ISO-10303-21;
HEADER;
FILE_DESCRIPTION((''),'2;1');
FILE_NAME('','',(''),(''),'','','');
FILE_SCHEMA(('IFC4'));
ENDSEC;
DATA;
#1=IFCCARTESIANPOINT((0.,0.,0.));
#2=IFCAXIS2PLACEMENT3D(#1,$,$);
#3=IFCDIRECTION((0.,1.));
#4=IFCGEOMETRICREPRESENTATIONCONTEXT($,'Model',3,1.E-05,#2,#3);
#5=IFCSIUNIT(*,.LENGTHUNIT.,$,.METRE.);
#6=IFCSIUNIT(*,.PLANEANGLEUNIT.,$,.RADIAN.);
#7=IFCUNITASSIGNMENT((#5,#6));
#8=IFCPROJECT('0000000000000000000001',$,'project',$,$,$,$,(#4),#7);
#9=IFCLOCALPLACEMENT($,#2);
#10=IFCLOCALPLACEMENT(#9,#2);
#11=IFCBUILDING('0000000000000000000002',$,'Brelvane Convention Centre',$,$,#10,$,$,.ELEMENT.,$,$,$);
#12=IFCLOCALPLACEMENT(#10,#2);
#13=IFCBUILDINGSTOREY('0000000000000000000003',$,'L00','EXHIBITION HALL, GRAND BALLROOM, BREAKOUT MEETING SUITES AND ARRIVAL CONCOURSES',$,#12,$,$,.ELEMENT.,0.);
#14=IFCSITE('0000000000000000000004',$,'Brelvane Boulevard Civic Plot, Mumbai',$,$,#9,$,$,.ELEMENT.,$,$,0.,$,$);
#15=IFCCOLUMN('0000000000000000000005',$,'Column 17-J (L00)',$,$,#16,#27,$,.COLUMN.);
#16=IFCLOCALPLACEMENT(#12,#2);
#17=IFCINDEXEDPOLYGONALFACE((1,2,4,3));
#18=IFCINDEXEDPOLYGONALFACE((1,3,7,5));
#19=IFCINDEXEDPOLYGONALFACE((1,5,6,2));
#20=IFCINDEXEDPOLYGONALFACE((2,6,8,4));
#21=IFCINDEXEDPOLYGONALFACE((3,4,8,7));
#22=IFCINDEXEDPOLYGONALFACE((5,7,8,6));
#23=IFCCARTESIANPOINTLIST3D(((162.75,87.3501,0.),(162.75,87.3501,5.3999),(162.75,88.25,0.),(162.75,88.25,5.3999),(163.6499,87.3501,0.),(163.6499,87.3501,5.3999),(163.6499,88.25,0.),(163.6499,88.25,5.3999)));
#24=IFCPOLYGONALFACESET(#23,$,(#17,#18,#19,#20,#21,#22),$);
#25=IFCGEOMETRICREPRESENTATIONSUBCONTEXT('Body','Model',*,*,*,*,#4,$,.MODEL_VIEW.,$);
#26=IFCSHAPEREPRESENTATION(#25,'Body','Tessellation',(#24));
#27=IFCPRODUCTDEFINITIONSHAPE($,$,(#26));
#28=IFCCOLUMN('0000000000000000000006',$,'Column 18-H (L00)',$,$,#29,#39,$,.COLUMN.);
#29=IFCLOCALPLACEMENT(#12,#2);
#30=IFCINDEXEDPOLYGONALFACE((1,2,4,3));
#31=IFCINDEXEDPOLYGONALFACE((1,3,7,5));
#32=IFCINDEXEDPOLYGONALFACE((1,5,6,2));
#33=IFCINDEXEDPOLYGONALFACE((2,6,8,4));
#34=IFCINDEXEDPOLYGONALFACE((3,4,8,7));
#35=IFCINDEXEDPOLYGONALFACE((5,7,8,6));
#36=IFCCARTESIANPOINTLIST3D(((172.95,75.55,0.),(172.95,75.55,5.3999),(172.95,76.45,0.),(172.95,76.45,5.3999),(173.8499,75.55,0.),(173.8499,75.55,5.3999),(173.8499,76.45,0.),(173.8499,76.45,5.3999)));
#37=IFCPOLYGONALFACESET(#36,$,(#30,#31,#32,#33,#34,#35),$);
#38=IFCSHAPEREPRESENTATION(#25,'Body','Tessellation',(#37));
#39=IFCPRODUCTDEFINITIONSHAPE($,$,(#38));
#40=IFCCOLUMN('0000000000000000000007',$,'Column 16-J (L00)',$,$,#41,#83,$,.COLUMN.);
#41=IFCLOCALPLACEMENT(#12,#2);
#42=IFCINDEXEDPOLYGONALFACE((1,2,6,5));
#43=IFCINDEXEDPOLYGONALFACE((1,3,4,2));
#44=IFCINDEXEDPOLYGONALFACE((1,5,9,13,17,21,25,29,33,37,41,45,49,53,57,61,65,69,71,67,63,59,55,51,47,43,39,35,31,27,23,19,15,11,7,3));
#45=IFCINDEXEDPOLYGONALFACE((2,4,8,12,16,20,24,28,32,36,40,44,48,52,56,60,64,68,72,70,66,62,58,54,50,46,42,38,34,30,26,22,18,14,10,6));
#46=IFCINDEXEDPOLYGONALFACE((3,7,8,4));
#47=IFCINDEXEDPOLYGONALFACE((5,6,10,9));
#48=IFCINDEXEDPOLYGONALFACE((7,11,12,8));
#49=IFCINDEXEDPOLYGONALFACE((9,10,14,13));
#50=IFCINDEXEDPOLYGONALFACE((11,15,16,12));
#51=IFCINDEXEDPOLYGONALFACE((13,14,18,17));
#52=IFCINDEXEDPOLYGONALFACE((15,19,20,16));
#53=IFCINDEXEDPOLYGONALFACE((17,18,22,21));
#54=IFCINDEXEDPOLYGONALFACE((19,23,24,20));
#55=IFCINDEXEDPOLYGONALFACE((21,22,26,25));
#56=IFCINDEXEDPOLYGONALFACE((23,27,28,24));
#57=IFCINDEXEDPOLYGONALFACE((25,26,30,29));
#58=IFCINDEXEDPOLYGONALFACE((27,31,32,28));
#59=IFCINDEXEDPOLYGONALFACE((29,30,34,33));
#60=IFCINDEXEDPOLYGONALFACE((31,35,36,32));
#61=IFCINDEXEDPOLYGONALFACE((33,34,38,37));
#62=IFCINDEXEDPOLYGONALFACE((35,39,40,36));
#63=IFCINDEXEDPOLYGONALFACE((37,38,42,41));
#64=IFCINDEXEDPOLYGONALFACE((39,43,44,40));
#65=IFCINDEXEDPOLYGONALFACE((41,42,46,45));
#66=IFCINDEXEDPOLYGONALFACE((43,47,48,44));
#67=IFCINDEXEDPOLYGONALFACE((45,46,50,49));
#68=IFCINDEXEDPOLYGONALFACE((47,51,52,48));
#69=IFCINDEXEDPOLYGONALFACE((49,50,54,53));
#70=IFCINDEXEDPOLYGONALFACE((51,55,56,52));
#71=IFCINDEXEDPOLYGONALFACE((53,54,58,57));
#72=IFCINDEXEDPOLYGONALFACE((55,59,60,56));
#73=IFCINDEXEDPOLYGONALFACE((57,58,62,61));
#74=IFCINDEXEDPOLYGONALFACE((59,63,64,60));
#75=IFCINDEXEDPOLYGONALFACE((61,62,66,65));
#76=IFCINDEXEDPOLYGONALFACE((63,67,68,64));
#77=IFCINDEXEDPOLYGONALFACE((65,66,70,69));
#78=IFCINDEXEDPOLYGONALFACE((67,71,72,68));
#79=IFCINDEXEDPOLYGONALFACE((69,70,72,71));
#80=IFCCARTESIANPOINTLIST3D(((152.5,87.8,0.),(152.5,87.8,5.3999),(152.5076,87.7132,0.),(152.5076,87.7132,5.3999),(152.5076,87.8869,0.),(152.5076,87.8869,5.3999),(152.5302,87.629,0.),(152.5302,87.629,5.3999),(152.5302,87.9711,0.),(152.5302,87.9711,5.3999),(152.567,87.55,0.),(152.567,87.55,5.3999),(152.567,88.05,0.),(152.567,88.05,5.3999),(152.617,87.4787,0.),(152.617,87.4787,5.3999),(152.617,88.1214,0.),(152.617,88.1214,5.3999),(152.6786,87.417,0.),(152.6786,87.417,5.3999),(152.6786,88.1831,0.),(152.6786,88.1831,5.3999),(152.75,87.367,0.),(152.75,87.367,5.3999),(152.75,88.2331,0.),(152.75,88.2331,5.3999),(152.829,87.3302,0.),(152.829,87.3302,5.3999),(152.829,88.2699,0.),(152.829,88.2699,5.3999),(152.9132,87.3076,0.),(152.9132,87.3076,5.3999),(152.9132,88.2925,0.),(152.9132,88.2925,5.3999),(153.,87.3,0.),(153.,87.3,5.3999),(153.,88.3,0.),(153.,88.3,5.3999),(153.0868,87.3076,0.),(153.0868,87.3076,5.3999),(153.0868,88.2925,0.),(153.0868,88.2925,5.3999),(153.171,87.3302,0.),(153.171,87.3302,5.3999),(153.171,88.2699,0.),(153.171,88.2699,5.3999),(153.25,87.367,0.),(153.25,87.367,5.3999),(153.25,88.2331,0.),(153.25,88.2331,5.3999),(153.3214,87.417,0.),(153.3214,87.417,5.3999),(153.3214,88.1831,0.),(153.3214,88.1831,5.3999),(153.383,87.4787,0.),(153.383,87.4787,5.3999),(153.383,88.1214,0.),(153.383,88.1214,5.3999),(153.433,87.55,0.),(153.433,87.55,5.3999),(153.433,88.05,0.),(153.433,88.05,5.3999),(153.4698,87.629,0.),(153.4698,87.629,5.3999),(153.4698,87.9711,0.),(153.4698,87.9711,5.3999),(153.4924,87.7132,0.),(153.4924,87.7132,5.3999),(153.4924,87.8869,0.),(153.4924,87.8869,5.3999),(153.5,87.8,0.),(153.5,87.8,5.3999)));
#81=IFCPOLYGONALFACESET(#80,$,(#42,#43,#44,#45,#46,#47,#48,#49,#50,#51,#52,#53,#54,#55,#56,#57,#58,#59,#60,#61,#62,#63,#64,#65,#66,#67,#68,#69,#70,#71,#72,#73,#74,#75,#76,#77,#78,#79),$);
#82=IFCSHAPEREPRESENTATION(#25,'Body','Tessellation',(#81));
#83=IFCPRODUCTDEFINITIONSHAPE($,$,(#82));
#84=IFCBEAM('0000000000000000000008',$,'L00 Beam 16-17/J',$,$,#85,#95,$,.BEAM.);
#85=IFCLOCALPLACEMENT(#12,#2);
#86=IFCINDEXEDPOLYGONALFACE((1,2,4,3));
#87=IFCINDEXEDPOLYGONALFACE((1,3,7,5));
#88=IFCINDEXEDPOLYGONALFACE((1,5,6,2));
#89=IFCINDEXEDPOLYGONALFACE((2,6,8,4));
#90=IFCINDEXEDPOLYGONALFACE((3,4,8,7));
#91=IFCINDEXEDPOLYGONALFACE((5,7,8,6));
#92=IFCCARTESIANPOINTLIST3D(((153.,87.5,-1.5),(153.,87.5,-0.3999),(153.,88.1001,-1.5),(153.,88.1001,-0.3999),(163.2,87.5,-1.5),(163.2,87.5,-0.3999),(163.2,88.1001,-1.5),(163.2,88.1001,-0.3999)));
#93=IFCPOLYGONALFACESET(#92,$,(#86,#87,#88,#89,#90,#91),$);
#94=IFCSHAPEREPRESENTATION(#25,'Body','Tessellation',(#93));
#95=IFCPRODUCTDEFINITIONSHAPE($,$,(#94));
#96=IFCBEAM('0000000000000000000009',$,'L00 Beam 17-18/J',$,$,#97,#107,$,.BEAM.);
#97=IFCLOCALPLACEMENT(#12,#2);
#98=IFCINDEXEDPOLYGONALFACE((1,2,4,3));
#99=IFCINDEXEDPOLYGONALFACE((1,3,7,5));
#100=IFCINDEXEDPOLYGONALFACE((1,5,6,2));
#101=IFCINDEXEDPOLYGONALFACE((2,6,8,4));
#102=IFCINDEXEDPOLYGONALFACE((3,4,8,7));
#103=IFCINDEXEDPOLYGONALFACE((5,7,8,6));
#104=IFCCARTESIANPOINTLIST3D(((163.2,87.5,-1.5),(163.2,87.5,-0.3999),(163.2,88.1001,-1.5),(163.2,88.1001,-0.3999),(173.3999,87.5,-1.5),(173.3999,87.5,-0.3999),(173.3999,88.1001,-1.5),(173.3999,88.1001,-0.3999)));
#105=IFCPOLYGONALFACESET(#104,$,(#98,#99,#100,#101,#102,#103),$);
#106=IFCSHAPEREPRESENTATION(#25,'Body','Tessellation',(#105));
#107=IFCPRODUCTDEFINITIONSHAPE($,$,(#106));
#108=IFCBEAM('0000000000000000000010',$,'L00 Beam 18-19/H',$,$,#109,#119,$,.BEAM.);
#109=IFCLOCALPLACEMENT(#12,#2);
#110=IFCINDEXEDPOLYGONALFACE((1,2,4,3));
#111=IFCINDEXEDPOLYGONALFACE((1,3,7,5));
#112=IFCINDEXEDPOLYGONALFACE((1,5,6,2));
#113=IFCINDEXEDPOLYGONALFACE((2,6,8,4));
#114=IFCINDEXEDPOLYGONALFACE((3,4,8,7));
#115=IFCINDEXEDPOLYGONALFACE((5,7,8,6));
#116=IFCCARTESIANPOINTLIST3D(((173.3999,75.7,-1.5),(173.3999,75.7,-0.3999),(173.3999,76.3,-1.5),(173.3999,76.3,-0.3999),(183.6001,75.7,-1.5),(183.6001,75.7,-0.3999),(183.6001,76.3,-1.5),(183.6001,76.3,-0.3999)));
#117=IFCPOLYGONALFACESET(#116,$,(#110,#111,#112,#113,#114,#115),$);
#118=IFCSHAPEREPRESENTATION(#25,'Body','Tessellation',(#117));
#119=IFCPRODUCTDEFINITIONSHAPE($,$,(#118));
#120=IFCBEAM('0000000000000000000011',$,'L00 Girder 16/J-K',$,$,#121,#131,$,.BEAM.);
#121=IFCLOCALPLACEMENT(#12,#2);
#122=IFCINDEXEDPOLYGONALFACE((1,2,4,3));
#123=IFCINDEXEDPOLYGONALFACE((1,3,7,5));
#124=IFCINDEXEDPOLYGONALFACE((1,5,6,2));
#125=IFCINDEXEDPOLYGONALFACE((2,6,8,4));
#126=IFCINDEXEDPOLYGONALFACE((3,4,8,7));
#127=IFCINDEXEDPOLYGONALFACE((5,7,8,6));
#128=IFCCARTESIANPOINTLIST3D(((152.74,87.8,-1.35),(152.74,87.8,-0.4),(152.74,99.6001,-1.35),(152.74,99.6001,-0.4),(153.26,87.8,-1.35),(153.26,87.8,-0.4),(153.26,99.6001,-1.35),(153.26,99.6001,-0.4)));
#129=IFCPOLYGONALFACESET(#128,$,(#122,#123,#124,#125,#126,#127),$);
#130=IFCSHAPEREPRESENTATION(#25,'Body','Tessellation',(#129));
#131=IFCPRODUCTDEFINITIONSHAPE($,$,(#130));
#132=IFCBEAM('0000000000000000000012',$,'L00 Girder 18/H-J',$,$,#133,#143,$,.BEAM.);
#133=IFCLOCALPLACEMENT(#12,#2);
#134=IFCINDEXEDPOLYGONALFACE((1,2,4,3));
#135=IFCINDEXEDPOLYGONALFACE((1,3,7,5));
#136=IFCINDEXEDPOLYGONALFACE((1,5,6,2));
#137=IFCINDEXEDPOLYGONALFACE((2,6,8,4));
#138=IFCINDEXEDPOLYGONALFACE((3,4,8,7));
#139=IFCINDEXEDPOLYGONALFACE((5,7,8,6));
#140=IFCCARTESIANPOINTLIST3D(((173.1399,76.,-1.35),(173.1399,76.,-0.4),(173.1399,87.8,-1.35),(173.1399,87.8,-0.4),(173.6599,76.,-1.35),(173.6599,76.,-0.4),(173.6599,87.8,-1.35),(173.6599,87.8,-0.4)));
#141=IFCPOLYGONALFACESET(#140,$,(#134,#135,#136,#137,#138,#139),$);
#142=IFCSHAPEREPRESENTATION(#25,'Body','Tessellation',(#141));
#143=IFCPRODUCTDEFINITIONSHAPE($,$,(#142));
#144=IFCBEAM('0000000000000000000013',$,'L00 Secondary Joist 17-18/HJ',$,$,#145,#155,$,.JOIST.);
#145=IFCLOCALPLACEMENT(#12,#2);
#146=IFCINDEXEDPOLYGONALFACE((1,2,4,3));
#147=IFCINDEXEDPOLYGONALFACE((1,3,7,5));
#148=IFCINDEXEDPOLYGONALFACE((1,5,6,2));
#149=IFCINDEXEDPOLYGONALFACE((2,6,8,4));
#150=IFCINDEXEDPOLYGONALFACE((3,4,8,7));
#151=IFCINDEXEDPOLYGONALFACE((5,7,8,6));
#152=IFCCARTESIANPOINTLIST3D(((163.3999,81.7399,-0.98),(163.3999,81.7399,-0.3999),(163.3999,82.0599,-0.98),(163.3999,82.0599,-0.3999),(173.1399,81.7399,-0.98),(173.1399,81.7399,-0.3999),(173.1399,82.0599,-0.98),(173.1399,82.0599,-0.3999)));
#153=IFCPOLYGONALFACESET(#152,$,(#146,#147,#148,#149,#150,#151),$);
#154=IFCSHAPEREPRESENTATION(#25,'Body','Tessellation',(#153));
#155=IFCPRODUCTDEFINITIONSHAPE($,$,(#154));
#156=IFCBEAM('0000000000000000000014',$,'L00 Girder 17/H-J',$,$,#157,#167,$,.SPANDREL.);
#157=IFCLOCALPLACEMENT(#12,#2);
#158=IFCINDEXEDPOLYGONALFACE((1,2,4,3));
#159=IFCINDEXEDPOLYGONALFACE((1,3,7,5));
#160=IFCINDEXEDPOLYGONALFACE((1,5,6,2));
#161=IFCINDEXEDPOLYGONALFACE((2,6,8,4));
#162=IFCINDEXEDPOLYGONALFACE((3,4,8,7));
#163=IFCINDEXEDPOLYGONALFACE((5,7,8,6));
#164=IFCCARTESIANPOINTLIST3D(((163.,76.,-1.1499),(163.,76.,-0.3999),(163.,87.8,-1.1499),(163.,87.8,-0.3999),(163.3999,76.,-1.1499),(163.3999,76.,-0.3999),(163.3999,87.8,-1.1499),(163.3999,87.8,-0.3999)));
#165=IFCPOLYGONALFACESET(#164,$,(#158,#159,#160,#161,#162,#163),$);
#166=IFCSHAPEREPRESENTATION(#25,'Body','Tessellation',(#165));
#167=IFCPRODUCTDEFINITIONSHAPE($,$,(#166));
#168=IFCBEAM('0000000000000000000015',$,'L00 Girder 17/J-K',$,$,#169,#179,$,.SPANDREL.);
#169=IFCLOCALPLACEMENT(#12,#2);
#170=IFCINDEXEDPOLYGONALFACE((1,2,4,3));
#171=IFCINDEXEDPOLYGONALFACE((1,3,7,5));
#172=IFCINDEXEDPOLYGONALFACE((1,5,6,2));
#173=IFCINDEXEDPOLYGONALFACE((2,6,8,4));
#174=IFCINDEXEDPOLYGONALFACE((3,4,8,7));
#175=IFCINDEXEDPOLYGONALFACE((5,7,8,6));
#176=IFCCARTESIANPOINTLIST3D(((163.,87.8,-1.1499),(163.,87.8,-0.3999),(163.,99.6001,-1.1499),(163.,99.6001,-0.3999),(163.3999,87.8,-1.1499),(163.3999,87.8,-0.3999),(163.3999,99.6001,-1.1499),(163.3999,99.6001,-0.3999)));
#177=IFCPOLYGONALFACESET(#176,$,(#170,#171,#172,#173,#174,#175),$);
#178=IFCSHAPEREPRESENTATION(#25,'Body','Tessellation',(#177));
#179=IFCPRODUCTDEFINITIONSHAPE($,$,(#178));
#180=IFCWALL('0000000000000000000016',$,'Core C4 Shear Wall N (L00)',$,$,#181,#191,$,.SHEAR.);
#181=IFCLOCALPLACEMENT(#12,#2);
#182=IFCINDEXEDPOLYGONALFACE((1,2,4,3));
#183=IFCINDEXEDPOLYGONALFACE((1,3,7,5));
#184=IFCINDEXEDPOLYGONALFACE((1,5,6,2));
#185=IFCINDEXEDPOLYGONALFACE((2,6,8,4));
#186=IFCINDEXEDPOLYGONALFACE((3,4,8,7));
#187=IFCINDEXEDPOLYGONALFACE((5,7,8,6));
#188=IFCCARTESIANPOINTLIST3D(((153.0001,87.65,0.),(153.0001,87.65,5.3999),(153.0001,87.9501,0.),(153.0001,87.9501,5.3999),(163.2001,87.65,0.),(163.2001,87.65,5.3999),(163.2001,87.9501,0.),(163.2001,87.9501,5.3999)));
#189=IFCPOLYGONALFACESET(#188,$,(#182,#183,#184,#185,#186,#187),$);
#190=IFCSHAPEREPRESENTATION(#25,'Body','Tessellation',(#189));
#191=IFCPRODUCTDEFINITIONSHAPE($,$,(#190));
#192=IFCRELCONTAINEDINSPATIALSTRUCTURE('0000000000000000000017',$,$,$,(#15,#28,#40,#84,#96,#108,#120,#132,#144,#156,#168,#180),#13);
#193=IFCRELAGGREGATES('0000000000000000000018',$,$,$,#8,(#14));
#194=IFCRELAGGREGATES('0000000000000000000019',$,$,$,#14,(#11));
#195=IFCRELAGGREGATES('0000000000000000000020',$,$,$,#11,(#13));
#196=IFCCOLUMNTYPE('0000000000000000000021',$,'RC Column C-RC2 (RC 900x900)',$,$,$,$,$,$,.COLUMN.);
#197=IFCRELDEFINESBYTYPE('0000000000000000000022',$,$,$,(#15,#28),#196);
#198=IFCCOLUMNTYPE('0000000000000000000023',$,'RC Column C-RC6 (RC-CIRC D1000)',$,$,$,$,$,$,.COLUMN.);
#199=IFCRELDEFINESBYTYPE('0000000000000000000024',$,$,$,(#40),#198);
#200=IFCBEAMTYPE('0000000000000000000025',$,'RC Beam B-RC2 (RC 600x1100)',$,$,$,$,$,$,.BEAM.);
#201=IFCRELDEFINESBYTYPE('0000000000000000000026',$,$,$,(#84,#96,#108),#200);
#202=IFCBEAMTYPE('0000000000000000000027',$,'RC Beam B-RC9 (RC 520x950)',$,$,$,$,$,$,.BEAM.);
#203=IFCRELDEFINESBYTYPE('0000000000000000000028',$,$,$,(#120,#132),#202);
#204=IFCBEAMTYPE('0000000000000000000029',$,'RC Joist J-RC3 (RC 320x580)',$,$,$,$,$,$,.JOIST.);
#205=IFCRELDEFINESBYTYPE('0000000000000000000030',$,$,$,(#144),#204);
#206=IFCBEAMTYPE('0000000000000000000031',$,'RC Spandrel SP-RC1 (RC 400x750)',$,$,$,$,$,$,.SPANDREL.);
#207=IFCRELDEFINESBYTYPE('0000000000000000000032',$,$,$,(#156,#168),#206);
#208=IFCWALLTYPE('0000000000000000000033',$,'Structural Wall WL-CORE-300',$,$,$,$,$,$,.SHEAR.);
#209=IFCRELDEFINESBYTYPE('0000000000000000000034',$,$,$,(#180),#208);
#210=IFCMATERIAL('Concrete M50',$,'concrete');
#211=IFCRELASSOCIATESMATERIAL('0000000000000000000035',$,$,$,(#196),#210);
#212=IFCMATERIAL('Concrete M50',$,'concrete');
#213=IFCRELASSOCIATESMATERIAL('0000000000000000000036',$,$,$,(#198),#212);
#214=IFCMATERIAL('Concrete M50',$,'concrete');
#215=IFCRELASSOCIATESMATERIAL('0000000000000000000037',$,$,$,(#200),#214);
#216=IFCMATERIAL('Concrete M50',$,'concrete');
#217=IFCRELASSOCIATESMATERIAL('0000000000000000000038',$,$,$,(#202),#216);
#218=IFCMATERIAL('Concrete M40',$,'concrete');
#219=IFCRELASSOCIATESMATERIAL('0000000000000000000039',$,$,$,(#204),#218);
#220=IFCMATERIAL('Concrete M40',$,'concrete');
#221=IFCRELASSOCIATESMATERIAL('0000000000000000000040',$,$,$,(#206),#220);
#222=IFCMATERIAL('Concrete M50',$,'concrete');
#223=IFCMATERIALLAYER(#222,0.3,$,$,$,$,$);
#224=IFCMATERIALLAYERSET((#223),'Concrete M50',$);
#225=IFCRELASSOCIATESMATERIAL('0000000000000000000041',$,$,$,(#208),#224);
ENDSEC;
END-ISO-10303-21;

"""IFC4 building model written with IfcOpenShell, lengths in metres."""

from ifc_helpers import new_model, si_unit, direction, frame, frame_2d, origin, origin_2d, place, context, subcontext, project, spatial, rectangle, circle, extrude, material, layer, layer_set, material_profile, profile_set, type_object, element, save


model = new_model("IFC4")

# Units and contexts
model_context = context("Model", 3, precision=1e-05, world=origin(), true_north=direction((0.0, 1.0)))
body_context = subcontext(model_context, "Body", "Model", "MODEL_VIEW")
ifc_project = project(units=[si_unit("LENGTHUNIT", "METRE"), si_unit("PLANEANGLEUNIT", "RADIAN")], contexts=[model_context])

# Site, building, storey
site_placement = place(None, origin())
site = spatial("IfcSite", under=ifc_project, at=site_placement, Name="Brelvane Boulevard Civic Plot, Mumbai", CompositionType="ELEMENT", RefElevation=0.0)
building_placement = place(site_placement, origin())
building = spatial("IfcBuilding", under=site, at=building_placement, Name="Brelvane Convention Centre", CompositionType="ELEMENT")
storey_placement = place(building_placement, origin())
storey = spatial("IfcBuildingStorey", under=building, at=storey_placement, Name="L00", Description="EXHIBITION HALL, GRAND BALLROOM, BREAKOUT MEETING SUITES AND ARRIVAL CONCOURSES", CompositionType="ELEMENT", Elevation=0.0)

# Columns
ifc_material_1 = material(Name="Concrete M50", Category="concrete")
ifc_material_profile_1 = material_profile(ifc_material_1, rectangle(XDim=0.8999, YDim=0.8999, at=origin_2d()), Name="RC 900x900")
ifc_profile_set_1 = profile_set([ifc_material_profile_1], Name="Concrete M50")
column_type_1 = type_object("IfcColumnType", Name="RC Column C-RC2 (RC 900x900)", PredefinedType="COLUMN", material=ifc_profile_set_1)
for number, where, z_axis, x_axis, name in (
    (1, (163.2, 87.8, 0.0), (0.0, 0.0, 1.0), (1.0, 0.0, 0.0), "Column 17-J (L00)"),
    (2, (173.3999, 76.0, 0.0), (0.0, 0.0, 1.0), (1.0, 0.0, 0.0), "Column 18-H (L00)"),
):
    element("IfcColumn", number, at=place(storey_placement, frame(where, z_axis=z_axis, x_axis=x_axis)), inside=storey, type_object=column_type_1, Name=name, PredefinedType="COLUMN", context=body_context, shape_type="SweptSolid", body=[
        extrude(rectangle(XDim=0.8999, YDim=0.8999, at=origin_2d()), origin(), (0.0, 0.0, 1.0), 5.3999),
    ])
ifc_material_2 = material(Name="Concrete M50", Category="concrete")
ifc_material_profile_2 = material_profile(ifc_material_2, circle(Radius=0.5, at=origin_2d()), Name="RC-CIRC D1000")
ifc_profile_set_2 = profile_set([ifc_material_profile_2], Name="Concrete M50")
column_type_2 = type_object("IfcColumnType", Name="RC Column C-RC6 (RC-CIRC D1000)", PredefinedType="COLUMN", material=ifc_profile_set_2)
column_placement = place(storey_placement, frame((153.0, 87.8, 0.0), z_axis=(0.0, 0.0, 1.0), x_axis=(1.0, 0.0, 0.0)))
element("IfcColumn", 3, at=column_placement, inside=storey, type_object=column_type_2, Name="Column 16-J (L00)", PredefinedType="COLUMN", context=body_context, shape_type="SweptSolid", body=[
    extrude(circle(Radius=0.5, at=origin_2d()), origin(), (0.0, 0.0, 1.0), 5.3999),
])

# Beams
ifc_material_3 = material(Name="Concrete M50", Category="concrete")
ifc_material_profile_3 = material_profile(ifc_material_3, rectangle(XDim=0.6001, YDim=1.1001, at=origin_2d()), Name="RC 600x1100")
ifc_profile_set_3 = profile_set([ifc_material_profile_3], Name="Concrete M50")
beam_type_1 = type_object("IfcBeamType", Name="RC Beam B-RC2 (RC 600x1100)", PredefinedType="BEAM", material=ifc_profile_set_3)
for number, where, z_axis, x_axis, name in (
    (4, (153.0, 87.8, -0.95), (1.0, 0.0, 0.0), (0.0, 1.0, 0.0), "L00 Beam 16-17/J"),
    (5, (163.2, 87.8, -0.95), (1.0, 0.0, 0.0), (0.0, 1.0, 0.0), "L00 Beam 17-18/J"),
):
    element("IfcBeam", number, at=place(storey_placement, frame(where, z_axis=z_axis, x_axis=x_axis)), inside=storey, type_object=beam_type_1, Name=name, PredefinedType="BEAM", context=body_context, shape_type="SweptSolid", body=[
        extrude(rectangle(XDim=0.6001, YDim=1.1001, at=origin_2d()), origin(), (0.0, 0.0, 1.0), 10.2),
    ])
beam_1_placement = place(storey_placement, frame((173.3999, 76.0, -0.95), z_axis=(1.0, 0.0, 0.0), x_axis=(0.0, 1.0, 0.0)))
element("IfcBeam", 6, at=beam_1_placement, inside=storey, type_object=beam_type_1, Name="L00 Beam 18-19/H", PredefinedType="BEAM", context=body_context, shape_type="SweptSolid", body=[
    extrude(rectangle(XDim=0.6001, YDim=1.1001, at=origin_2d()), origin(), (0.0, 0.0, 1.0), 10.2002),
])
ifc_material_4 = material(Name="Concrete M50", Category="concrete")
ifc_material_profile_4 = material_profile(ifc_material_4, rectangle(XDim=0.52, YDim=0.95, at=origin_2d()), Name="RC 520x950")
ifc_profile_set_4 = profile_set([ifc_material_profile_4], Name="Concrete M50")
beam_type_2 = type_object("IfcBeamType", Name="RC Beam B-RC9 (RC 520x950)", PredefinedType="BEAM", material=ifc_profile_set_4)
for number, where, z_axis, x_axis, name in (
    (7, (153.0, 87.8, -0.875), (0.0, 1.0, 0.0), (-1.0, 0.0, 0.0), "L00 Girder 16/J-K"),
    (8, (173.3999, 76.0, -0.875), (0.0, 1.0, 0.0), (-1.0, 0.0, 0.0), "L00 Girder 18/H-J"),
):
    element("IfcBeam", number, at=place(storey_placement, frame(where, z_axis=z_axis, x_axis=x_axis)), inside=storey, type_object=beam_type_2, Name=name, PredefinedType="BEAM", context=body_context, shape_type="SweptSolid", body=[
        extrude(rectangle(XDim=0.52, YDim=0.95, at=origin_2d()), origin(), (0.0, 0.0, 1.0), 11.8),
    ])
ifc_material_5 = material(Name="Concrete M40", Category="concrete")
ifc_material_profile_5 = material_profile(ifc_material_5, rectangle(XDim=0.3201, YDim=0.5801, at=origin_2d()), Name="RC 320x580")
ifc_profile_set_5 = profile_set([ifc_material_profile_5], Name="Concrete M40")
beam_type_3 = type_object("IfcBeamType", Name="RC Joist J-RC3 (RC 320x580)", PredefinedType="JOIST", material=ifc_profile_set_5)
beam_2_placement = place(storey_placement, frame((163.3999, 81.8999, -0.6899), z_axis=(1.0, 0.0, 0.0), x_axis=(0.0, 1.0, 0.0)))
element("IfcBeam", 9, at=beam_2_placement, inside=storey, type_object=beam_type_3, Name="L00 Secondary Joist 17-18/HJ", PredefinedType="JOIST", context=body_context, shape_type="SweptSolid", body=[
    extrude(rectangle(XDim=0.3201, YDim=0.5801, at=origin_2d()), origin(), (0.0, 0.0, 1.0), 9.74),
])
ifc_material_6 = material(Name="Concrete M40", Category="concrete")
ifc_material_profile_6 = material_profile(ifc_material_6, rectangle(XDim=0.3999, YDim=0.75, at=origin_2d()), Name="RC 400x750")
ifc_profile_set_6 = profile_set([ifc_material_profile_6], Name="Concrete M40")
beam_type_4 = type_object("IfcBeamType", Name="RC Spandrel SP-RC1 (RC 400x750)", PredefinedType="SPANDREL", material=ifc_profile_set_6)
for number, where, z_axis, x_axis, name in (
    (10, (163.2, 76.0, -0.7749), (0.0, 1.0, 0.0), (-1.0, 0.0, 0.0), "L00 Girder 17/H-J"),
    (11, (163.2, 87.8, -0.7749), (0.0, 1.0, 0.0), (-1.0, 0.0, 0.0), "L00 Girder 17/J-K"),
):
    element("IfcBeam", number, at=place(storey_placement, frame(where, z_axis=z_axis, x_axis=x_axis)), inside=storey, type_object=beam_type_4, Name=name, PredefinedType="SPANDREL", context=body_context, shape_type="SweptSolid", body=[
        extrude(rectangle(XDim=0.3999, YDim=0.75, at=origin_2d()), origin(), (0.0, 0.0, 1.0), 11.8),
    ])

# Wall
ifc_material_7 = material(Name="Concrete M50", Category="concrete")
ifc_layer_1 = layer(ifc_material_7, 0.3)
ifc_layer_set_1 = layer_set([ifc_layer_1], Name="Concrete M50")
wall_type_1 = type_object("IfcWallType", Name="Structural Wall WL-CORE-300", PredefinedType="SHEAR", material=ifc_layer_set_1)
wall_1_placement = place(storey_placement, frame((153.0, 87.8, 0.0), z_axis=(0.0, 0.0, 1.0), x_axis=(1.0, 0.0, 0.0)))
element("IfcWall", 12, at=wall_1_placement, inside=storey, type_object=wall_type_1, Name="Core C4 Shear Wall N (L00)", PredefinedType="SHEAR", context=body_context, shape_type="SweptSolid", body=[
    extrude(rectangle(XDim=10.2, YDim=0.3, at=frame_2d((5.1001, 0.0))), origin(), (0.0, 0.0, 1.0), 5.3999),
])

save(model, "model.ifc")
